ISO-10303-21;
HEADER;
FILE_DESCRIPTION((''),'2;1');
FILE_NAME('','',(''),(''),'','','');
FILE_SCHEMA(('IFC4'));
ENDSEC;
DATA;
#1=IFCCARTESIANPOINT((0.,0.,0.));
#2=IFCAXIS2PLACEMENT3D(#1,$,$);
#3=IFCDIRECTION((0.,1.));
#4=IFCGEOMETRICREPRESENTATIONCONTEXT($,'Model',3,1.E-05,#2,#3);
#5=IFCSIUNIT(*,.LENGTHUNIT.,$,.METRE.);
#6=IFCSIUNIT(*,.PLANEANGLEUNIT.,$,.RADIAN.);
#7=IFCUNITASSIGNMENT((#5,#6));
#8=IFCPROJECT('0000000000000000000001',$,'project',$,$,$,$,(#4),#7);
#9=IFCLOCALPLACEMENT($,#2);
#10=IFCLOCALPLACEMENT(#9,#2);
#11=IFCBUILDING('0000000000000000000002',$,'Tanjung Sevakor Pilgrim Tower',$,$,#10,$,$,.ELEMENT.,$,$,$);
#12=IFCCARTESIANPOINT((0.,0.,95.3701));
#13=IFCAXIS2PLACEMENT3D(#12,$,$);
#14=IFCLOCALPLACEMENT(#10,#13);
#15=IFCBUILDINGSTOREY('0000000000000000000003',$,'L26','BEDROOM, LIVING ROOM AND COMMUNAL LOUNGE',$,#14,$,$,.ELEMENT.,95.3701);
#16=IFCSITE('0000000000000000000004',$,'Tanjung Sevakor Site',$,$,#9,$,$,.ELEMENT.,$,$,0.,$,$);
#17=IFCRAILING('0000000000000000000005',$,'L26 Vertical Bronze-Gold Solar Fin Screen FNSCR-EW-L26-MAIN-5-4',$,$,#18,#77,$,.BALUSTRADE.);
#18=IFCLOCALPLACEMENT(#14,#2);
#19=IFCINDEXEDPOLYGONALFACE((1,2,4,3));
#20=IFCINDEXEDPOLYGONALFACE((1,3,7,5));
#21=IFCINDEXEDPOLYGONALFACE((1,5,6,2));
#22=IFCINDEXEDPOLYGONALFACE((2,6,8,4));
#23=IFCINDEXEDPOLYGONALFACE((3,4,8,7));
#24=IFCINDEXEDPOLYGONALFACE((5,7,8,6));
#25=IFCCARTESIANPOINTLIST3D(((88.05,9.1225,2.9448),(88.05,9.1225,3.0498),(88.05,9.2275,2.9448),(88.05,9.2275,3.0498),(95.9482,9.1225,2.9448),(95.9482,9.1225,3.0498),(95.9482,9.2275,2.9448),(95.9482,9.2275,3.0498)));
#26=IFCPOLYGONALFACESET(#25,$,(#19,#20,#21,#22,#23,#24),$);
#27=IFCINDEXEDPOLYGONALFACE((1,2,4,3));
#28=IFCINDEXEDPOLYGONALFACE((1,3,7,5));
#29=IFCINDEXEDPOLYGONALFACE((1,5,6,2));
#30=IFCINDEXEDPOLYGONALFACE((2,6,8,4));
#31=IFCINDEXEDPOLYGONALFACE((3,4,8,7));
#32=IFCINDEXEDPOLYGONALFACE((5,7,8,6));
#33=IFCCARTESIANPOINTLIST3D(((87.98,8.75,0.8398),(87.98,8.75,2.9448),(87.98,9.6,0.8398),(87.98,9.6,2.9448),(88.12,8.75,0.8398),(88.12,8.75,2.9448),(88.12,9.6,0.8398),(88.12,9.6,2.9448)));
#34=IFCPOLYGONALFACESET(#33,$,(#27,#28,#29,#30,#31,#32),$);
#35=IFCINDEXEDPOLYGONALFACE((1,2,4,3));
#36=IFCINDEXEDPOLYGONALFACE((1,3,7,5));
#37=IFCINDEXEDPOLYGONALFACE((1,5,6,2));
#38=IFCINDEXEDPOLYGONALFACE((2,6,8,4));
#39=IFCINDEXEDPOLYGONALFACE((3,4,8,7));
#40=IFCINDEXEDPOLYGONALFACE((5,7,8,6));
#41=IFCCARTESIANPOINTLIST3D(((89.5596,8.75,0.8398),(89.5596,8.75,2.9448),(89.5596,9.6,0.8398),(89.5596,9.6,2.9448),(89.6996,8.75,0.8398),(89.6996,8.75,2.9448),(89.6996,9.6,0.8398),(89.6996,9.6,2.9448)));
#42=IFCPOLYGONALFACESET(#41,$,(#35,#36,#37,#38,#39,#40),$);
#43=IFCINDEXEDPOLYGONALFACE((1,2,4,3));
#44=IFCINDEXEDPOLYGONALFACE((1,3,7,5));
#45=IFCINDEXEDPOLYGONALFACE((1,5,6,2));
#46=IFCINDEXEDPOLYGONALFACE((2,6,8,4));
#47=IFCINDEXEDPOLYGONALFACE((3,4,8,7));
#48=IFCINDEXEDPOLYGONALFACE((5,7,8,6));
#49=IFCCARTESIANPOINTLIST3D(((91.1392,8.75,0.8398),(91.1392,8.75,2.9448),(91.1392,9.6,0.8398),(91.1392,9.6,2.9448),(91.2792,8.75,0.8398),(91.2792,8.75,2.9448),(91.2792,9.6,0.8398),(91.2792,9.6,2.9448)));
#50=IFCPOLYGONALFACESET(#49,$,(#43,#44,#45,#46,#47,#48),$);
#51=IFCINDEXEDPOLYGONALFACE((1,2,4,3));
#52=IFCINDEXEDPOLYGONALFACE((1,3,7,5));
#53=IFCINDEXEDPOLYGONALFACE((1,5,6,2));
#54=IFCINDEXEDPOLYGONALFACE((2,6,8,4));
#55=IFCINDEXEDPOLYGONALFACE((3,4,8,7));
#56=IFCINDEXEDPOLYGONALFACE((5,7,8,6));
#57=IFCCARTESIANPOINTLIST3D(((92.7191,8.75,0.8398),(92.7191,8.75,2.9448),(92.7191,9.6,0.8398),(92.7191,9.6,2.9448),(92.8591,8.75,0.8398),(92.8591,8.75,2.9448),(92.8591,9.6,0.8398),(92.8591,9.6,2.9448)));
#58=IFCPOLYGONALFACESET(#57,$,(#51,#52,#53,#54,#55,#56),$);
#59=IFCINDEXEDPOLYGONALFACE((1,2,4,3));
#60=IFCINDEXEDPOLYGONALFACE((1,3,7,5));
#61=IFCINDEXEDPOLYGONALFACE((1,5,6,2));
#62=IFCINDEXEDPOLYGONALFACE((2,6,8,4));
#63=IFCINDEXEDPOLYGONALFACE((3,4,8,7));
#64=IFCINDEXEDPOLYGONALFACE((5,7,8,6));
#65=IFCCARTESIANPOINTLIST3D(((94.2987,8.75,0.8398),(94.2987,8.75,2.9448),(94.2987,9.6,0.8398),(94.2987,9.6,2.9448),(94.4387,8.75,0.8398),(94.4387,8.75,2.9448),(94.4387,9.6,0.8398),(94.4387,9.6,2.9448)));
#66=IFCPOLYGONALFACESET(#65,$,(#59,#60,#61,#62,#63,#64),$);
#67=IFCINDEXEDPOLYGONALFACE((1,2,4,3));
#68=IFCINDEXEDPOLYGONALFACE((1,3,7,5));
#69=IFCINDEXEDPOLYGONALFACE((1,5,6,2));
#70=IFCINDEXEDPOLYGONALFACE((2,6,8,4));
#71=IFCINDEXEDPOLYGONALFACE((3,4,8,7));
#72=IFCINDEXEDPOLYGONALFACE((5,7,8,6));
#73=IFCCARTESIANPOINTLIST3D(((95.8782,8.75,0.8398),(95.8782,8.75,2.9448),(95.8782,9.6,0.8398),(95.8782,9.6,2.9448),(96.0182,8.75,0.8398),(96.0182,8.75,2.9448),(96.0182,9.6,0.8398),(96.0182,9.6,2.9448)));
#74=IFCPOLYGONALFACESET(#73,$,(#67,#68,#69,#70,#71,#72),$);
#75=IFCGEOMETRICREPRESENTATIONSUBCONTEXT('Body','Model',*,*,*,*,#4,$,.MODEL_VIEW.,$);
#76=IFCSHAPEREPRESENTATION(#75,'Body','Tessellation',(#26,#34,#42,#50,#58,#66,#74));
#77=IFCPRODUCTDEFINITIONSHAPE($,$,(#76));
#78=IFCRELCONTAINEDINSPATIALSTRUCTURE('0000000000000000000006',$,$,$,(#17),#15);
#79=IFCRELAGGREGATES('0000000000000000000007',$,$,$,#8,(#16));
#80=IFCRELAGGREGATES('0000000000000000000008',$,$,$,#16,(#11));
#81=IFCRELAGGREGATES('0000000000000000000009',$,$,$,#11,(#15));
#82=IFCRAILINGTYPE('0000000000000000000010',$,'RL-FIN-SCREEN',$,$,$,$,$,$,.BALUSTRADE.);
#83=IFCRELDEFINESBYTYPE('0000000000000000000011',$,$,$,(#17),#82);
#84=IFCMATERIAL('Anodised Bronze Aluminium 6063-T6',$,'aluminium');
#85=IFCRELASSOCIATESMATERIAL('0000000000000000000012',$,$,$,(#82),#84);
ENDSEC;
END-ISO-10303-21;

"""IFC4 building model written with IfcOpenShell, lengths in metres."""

from ifc_helpers import new_model, si_unit, direction, frame, origin, place, context, subcontext, project, spatial, rectangle, extrude, material, type_object, element, save


model = new_model("IFC4")

# Units and contexts
model_context = context("Model", 3, precision=1e-05, world=origin(), true_north=direction((0.0, 1.0)))
body_context = subcontext(model_context, "Body", "Model", "MODEL_VIEW")
ifc_project = project(units=[si_unit("LENGTHUNIT", "METRE"), si_unit("PLANEANGLEUNIT", "RADIAN")], contexts=[model_context])

# Site, building, storey
site_placement = place(None, origin())
site = spatial("IfcSite", under=ifc_project, at=site_placement, Name="Tanjung Sevakor Site", CompositionType="ELEMENT", RefElevation=0.0)
building_placement = place(site_placement, origin())
building = spatial("IfcBuilding", under=site, at=building_placement, Name="Tanjung Sevakor Pilgrim Tower", CompositionType="ELEMENT")
storey_placement = place(building_placement, frame((0.0, 0.0, 95.3701)))
storey = spatial("IfcBuildingStorey", under=building, at=storey_placement, Name="L26", Description="BEDROOM, LIVING ROOM AND COMMUNAL LOUNGE", CompositionType="ELEMENT", Elevation=95.3701)

# Railing
ifc_material_1 = material(Name="Anodised Bronze Aluminium 6063-T6", Category="aluminium")
railing_type_1 = type_object("IfcRailingType", Name="RL-FIN-SCREEN", PredefinedType="BALUSTRADE", material=ifc_material_1)
railing_1_placement = place(storey_placement, frame((88.05, 9.175, 0.8398)))
element("IfcRailing", 1, at=railing_1_placement, inside=storey, type_object=railing_type_1, Name="L26 Vertical Bronze-Gold Solar Fin Screen FNSCR-EW-L26-MAIN-5-4", PredefinedType="BALUSTRADE", context=body_context, shape_type="SweptSolid", body=[
    extrude(rectangle(XDim=0.105, YDim=0.105), frame((0.0, 0.0, 2.1575), z_axis=(1.0, 0.0, 0.0), x_axis=(0.0, 1.0, 0.0)), (0.0, 0.0, 1.0), 7.8982),
    extrude(rectangle(XDim=0.14, YDim=0.85), origin(), (0.0, 0.0, 1.0), 2.105),
    extrude(rectangle(XDim=0.14, YDim=0.85), frame((1.5796, 0.0, 0.0)), (0.0, 0.0, 1.0), 2.105),
    extrude(rectangle(XDim=0.14, YDim=0.85), frame((3.1592, 0.0, 0.0)), (0.0, 0.0, 1.0), 2.105),
    extrude(rectangle(XDim=0.14, YDim=0.85), frame((4.739, 0.0, 0.0)), (0.0, 0.0, 1.0), 2.105),
    extrude(rectangle(XDim=0.14, YDim=0.85), frame((6.3186, 0.0, 0.0)), (0.0, 0.0, 1.0), 2.105),
    extrude(rectangle(XDim=0.14, YDim=0.85), frame((7.8982, 0.0, 0.0)), (0.0, 0.0, 1.0), 2.105),
])

save(model, "model.ifc")
